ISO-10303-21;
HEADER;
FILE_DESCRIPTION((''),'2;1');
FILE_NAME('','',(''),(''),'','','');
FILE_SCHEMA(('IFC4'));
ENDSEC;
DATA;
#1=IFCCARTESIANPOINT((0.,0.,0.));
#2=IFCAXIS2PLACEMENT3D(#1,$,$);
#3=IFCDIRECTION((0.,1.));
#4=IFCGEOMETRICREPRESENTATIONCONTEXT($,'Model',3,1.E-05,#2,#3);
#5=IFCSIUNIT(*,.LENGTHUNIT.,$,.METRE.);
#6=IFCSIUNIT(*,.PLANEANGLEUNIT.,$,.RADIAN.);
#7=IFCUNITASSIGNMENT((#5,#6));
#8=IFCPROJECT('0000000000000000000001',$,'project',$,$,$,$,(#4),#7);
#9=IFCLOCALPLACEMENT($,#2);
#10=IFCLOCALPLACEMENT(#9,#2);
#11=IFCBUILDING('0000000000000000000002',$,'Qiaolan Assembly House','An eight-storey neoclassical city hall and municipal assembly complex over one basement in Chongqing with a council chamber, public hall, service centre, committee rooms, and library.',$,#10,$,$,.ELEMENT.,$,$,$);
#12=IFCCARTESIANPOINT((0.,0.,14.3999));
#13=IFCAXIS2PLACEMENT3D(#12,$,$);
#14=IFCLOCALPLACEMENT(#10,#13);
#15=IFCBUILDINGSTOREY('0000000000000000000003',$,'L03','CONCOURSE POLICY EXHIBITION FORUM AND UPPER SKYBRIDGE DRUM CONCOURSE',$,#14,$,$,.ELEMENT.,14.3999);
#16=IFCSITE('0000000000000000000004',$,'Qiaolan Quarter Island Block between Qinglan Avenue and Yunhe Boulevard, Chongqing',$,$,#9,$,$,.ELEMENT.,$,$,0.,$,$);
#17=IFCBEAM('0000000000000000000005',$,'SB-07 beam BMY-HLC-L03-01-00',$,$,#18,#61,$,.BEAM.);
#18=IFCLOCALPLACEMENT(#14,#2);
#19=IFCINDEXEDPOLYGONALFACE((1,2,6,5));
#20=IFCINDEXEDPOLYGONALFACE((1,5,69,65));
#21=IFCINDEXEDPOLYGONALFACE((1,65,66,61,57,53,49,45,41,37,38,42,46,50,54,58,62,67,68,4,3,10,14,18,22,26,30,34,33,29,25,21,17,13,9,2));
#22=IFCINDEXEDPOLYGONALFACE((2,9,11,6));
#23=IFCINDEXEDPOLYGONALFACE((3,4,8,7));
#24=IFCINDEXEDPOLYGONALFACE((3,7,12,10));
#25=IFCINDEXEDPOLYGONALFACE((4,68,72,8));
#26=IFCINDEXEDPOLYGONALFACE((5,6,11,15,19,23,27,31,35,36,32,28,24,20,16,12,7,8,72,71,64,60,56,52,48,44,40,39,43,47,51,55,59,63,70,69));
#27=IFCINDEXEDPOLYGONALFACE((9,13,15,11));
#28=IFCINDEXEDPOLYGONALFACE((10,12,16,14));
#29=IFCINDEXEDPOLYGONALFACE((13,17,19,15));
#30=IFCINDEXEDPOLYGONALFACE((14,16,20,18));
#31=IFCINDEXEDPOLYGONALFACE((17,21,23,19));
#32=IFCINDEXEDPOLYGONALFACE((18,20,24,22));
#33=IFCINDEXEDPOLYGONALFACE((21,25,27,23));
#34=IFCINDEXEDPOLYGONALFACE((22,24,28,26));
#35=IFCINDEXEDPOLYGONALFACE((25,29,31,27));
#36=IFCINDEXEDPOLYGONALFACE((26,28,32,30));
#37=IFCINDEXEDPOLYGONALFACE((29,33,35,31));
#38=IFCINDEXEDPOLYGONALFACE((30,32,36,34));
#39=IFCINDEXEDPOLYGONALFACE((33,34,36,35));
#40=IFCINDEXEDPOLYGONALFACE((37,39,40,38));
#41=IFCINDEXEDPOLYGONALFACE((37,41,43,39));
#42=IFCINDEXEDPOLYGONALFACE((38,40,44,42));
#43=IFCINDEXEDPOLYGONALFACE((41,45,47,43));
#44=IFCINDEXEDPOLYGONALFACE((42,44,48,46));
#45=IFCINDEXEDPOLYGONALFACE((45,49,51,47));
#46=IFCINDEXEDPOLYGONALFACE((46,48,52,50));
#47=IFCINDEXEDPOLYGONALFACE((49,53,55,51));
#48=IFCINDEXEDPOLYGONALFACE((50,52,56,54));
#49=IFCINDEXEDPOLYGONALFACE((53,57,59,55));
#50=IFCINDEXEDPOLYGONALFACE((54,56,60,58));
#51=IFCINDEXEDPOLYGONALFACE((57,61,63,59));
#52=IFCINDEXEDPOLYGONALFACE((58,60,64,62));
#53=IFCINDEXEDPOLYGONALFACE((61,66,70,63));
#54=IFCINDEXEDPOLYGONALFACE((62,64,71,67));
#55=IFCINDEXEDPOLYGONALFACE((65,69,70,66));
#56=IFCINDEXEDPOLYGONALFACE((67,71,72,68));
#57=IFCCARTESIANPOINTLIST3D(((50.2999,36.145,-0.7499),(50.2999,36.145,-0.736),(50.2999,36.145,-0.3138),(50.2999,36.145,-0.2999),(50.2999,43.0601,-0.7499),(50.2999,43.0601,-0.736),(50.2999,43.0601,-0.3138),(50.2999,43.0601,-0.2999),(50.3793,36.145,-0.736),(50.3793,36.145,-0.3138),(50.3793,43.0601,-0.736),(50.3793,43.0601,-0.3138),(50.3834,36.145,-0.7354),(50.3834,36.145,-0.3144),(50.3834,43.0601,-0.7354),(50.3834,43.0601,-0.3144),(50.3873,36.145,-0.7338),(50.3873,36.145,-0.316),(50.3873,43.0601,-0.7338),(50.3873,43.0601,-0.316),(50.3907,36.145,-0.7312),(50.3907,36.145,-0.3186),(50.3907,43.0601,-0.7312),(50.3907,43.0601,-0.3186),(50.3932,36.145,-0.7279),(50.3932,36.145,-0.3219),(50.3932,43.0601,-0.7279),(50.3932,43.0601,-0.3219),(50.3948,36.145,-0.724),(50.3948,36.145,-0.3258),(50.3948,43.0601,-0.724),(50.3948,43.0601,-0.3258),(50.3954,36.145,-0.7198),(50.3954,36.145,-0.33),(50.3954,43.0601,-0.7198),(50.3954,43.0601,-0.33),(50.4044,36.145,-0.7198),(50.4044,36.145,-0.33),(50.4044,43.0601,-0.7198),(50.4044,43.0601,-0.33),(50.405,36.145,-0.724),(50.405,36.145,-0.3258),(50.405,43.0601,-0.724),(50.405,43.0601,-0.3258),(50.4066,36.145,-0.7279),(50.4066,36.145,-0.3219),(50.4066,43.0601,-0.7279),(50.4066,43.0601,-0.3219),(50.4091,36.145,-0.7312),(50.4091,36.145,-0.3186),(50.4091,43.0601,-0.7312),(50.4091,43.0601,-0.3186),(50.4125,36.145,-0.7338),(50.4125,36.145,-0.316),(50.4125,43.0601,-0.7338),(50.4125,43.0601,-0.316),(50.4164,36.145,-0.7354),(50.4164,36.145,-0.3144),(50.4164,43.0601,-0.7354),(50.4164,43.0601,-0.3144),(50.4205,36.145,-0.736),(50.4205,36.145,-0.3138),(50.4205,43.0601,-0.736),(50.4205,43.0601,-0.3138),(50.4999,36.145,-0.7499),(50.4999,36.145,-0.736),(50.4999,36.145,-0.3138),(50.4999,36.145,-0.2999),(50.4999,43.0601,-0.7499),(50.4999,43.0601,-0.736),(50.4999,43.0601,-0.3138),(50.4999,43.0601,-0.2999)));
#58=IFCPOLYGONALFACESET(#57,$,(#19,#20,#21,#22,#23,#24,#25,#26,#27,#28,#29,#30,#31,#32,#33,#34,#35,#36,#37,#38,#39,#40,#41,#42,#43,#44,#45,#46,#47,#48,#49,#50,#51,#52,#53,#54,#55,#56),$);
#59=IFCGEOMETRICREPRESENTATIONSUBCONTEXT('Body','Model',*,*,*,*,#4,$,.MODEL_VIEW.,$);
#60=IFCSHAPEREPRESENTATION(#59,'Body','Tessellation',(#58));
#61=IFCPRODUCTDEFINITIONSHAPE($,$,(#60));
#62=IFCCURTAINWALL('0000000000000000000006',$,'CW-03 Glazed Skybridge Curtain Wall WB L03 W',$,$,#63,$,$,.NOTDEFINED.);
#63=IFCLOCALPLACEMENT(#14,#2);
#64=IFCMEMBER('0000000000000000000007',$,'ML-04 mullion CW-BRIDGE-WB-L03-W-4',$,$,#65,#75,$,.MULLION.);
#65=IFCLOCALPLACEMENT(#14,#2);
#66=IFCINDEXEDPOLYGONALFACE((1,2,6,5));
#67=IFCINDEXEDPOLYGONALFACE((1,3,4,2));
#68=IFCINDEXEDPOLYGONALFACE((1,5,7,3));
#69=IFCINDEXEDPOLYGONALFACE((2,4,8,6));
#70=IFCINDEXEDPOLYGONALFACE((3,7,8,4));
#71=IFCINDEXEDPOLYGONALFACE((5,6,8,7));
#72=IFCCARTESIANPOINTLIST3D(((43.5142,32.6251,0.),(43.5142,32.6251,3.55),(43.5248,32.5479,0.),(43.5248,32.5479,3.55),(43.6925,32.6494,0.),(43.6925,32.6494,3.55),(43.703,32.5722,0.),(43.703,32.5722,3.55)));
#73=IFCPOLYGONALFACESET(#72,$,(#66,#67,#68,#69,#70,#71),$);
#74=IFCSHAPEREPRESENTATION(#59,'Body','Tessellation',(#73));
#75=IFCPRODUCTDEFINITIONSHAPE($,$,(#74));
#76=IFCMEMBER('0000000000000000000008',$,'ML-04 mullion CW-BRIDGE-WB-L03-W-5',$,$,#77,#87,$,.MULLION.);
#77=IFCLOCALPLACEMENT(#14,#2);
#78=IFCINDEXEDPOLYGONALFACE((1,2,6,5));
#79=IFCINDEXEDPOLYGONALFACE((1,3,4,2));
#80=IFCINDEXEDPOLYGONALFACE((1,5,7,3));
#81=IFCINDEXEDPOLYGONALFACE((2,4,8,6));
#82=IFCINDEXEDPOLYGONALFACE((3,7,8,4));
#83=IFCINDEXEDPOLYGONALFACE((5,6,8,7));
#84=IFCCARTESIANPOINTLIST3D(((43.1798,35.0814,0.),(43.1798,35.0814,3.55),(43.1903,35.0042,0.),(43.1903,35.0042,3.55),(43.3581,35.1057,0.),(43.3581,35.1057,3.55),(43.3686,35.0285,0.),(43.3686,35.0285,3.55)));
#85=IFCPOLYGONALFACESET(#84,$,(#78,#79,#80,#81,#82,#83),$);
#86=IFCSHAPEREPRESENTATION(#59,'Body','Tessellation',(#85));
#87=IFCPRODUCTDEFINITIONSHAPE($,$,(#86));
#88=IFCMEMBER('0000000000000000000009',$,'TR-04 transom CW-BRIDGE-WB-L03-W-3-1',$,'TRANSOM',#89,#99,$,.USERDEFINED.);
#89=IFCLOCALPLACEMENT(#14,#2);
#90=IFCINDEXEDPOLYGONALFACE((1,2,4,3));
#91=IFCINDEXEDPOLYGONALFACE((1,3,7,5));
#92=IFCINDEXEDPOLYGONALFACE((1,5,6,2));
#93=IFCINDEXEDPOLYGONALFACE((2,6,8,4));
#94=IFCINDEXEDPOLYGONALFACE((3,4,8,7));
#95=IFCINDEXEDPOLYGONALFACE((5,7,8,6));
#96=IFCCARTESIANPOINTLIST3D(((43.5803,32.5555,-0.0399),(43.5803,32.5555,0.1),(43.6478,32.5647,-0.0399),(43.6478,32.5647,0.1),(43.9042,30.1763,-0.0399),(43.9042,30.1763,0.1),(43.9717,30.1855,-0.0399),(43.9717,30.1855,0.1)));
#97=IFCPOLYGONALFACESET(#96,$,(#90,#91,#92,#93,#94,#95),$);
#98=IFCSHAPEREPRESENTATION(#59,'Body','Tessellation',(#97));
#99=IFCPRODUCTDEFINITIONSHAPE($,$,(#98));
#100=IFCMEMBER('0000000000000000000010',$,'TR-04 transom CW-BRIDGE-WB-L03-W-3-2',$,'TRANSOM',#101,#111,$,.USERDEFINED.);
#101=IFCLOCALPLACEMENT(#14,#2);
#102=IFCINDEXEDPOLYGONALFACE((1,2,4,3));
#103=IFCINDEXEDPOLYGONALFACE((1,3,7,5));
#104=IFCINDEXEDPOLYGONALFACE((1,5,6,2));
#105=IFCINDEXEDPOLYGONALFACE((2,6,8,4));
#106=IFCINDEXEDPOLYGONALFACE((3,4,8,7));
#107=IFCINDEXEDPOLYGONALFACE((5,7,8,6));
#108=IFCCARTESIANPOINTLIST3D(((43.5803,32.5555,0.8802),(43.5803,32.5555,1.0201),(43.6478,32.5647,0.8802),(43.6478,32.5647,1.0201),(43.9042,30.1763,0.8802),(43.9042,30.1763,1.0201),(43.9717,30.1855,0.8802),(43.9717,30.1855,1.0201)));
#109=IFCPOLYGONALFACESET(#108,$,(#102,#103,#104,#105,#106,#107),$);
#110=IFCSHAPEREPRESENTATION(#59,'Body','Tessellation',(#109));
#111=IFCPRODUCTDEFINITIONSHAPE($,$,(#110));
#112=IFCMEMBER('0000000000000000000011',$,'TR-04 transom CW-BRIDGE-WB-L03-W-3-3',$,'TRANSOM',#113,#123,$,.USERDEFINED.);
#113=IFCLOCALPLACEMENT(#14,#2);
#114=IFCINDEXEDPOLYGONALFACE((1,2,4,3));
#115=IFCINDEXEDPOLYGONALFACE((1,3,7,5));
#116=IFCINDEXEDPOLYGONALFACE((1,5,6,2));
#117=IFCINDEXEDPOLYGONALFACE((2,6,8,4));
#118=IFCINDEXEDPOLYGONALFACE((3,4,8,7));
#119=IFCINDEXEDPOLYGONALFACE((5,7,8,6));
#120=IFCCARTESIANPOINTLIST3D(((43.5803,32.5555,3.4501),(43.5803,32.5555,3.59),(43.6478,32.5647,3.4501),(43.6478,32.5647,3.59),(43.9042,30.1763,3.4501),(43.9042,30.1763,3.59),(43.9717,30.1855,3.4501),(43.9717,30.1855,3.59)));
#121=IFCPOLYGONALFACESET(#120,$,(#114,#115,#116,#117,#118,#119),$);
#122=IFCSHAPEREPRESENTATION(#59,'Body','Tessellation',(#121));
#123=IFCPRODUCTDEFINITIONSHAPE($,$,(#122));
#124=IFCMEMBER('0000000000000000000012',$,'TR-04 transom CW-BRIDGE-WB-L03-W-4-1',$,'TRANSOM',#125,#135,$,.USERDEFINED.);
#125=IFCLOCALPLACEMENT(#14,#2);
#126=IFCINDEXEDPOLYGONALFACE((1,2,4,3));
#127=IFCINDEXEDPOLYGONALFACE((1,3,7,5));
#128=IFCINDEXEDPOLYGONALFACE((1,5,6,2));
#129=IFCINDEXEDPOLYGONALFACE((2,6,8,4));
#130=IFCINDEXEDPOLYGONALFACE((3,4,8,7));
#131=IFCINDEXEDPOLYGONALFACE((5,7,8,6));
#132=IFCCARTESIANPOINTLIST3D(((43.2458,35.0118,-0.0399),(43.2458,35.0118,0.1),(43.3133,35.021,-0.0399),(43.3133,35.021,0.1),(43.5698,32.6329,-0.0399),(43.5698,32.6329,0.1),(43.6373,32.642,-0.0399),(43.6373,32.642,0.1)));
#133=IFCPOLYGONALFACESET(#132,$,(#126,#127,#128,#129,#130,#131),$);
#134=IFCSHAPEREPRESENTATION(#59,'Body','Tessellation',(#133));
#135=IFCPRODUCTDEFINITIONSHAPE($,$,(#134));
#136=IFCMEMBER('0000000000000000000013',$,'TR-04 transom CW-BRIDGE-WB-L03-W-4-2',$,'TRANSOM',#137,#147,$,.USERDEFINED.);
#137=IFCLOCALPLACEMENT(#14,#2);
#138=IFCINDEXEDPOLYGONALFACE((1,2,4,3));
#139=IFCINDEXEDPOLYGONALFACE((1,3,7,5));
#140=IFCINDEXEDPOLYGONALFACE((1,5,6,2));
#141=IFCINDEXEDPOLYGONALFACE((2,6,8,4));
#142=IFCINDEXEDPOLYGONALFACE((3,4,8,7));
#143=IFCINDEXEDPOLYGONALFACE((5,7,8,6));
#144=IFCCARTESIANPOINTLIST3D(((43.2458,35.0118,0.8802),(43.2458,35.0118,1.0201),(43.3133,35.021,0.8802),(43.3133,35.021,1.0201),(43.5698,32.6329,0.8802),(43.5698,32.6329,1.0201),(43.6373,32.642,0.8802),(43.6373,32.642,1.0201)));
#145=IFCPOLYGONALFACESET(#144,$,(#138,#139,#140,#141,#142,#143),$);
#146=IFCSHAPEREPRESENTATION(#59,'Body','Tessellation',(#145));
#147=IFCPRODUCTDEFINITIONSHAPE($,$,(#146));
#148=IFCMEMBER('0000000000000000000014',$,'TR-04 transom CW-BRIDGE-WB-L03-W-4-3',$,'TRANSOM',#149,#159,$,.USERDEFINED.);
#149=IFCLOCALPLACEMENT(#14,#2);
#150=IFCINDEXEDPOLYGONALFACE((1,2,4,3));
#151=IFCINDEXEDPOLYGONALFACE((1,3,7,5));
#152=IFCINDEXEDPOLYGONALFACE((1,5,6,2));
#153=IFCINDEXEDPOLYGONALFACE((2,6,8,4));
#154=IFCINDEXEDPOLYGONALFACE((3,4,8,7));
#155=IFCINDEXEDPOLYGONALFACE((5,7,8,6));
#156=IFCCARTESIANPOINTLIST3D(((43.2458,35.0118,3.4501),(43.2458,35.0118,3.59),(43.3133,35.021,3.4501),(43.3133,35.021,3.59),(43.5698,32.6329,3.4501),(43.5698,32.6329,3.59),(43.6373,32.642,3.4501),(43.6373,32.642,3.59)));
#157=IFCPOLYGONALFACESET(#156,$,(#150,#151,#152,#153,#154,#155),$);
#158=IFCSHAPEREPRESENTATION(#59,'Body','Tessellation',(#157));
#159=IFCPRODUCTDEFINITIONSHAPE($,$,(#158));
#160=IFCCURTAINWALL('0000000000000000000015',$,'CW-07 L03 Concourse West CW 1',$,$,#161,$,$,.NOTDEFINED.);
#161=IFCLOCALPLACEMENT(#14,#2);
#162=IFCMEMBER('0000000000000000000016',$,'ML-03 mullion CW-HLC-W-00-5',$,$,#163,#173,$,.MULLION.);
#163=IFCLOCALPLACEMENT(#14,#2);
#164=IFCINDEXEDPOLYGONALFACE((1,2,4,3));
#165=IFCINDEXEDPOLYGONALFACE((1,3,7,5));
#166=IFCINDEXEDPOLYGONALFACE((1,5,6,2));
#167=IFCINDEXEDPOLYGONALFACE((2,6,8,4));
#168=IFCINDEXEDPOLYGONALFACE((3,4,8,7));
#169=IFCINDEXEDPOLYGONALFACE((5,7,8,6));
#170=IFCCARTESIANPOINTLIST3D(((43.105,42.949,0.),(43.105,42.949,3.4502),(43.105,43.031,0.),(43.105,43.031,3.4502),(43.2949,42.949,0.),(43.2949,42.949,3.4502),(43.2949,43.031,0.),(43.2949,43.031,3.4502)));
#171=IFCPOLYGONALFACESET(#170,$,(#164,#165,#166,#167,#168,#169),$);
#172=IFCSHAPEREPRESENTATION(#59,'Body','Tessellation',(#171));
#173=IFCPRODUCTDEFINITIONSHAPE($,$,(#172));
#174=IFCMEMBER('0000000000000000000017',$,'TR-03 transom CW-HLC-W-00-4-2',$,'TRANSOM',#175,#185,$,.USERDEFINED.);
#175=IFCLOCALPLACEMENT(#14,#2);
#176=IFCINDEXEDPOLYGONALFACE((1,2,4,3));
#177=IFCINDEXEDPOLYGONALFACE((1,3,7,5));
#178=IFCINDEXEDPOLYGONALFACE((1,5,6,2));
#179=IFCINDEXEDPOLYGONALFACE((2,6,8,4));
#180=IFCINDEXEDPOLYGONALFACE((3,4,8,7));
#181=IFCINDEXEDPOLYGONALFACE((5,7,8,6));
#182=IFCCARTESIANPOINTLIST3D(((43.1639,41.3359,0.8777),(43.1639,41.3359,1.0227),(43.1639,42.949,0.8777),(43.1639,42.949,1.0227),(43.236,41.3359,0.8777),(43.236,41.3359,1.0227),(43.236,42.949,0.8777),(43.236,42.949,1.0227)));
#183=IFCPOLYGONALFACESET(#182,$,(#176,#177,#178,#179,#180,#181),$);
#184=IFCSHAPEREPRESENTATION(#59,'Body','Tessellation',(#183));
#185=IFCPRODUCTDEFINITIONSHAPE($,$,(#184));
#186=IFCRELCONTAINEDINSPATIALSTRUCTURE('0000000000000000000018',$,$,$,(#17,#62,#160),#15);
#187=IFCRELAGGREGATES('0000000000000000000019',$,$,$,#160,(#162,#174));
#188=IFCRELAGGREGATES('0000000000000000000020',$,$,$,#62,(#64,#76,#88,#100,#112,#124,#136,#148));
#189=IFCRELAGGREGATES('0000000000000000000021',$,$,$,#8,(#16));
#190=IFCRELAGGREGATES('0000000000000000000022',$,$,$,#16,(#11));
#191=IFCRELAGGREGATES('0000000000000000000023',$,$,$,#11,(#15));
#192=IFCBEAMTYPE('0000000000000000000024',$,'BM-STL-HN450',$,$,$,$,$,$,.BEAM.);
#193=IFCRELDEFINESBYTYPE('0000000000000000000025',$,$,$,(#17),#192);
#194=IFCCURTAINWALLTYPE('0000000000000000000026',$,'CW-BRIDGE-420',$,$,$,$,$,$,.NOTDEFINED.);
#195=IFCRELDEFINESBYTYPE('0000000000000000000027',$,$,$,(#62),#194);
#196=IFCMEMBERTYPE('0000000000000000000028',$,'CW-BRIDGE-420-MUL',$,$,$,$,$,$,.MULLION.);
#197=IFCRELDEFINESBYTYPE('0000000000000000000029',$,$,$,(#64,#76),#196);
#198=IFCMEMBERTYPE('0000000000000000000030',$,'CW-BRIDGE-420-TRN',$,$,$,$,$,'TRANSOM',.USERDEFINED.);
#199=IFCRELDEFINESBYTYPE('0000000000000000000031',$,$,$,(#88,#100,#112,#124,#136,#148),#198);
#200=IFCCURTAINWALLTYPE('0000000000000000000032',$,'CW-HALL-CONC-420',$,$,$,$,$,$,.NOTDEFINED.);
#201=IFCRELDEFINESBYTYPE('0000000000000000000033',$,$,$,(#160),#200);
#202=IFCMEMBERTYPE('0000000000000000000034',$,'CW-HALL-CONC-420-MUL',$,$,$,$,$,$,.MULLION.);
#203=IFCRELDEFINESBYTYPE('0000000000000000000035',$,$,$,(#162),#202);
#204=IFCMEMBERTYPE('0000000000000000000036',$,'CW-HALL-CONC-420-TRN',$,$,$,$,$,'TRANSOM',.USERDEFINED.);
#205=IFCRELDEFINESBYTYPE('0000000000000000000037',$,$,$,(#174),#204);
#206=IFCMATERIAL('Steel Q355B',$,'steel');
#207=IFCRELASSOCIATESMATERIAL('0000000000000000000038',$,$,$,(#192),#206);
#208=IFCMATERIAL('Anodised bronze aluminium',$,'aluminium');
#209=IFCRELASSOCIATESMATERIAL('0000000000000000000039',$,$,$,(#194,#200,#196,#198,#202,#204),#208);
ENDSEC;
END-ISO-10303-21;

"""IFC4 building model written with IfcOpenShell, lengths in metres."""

from ifc_helpers import new_model, si_unit, direction, frame, origin, origin_2d, place, context, subcontext, project, spatial, rectangle, i_section, extrude, material, material_profile, profile_set, type_object, element, aggregate, save


model = new_model("IFC4")

# Units and contexts
model_context = context("Model", 3, precision=1e-05, world=origin(), true_north=direction((0.0, 1.0)))
body_context = subcontext(model_context, "Body", "Model", "MODEL_VIEW")
ifc_project = project(units=[si_unit("LENGTHUNIT", "METRE"), si_unit("PLANEANGLEUNIT", "RADIAN")], contexts=[model_context])

# Site, building, storey
site_placement = place(None, origin())
site = spatial("IfcSite", under=ifc_project, at=site_placement, Name="Qiaolan Quarter Island Block between Qinglan Avenue and Yunhe Boulevard, Chongqing", CompositionType="ELEMENT", RefElevation=0.0)
building_placement = place(site_placement, origin())
building = spatial("IfcBuilding", under=site, at=building_placement, Name="Qiaolan Assembly House", Description="An eight-storey neoclassical city hall and municipal assembly complex over one basement in Chongqing with a council chamber, public hall, service centre, committee rooms, and library.", CompositionType="ELEMENT")
storey_placement = place(building_placement, frame((0.0, 0.0, 14.3999)))
storey = spatial("IfcBuildingStorey", under=building, at=storey_placement, Name="L03", Description="CONCOURSE POLICY EXHIBITION FORUM AND UPPER SKYBRIDGE DRUM CONCOURSE", CompositionType="ELEMENT", Elevation=14.3999)

# Shared definitions
ifc_material_1 = material(Name="Steel Q355B", Category="steel")

# Beam
ifc_material_profile_1 = material_profile(ifc_material_1, i_section(OverallWidth=0.2, OverallDepth=0.45, WebThickness=0.009, FlangeThickness=0.0139, FilletRadius=0.0161, at=origin_2d()), Name="HN 450x200x9x14")
ifc_profile_set_1 = profile_set([ifc_material_profile_1], Name="Steel Q355B")
beam_type_1 = type_object("IfcBeamType", Name="BM-STL-HN450", PredefinedType="BEAM", material=ifc_profile_set_1)
beam_1_placement = place(storey_placement, frame((50.3999, 36.145, -0.5249), z_axis=(0.0, 1.0, 0.0), x_axis=(-1.0, 0.0, 0.0)))
element("IfcBeam", 1, at=beam_1_placement, inside=storey, type_object=beam_type_1, Name="SB-07 beam BMY-HLC-L03-01-00", PredefinedType="BEAM", context=body_context, shape_type="SweptSolid", body=[
    extrude(i_section(OverallWidth=0.2, OverallDepth=0.45, WebThickness=0.009, FlangeThickness=0.0139, FilletRadius=0.0161, at=origin_2d()), origin(), (0.0, 0.0, 1.0), 6.915),
])

# Curtain walls, members
ifc_material_2 = material(Name="Anodised bronze aluminium", Category="aluminium")
curtain_wall_type_1 = type_object("IfcCurtainWallType", Name="CW-BRIDGE-420", PredefinedType="NOTDEFINED", material=ifc_material_2)
curtain_wall_1_placement = place(storey_placement, origin())
curtain_wall_1 = element("IfcCurtainWall", 2, at=curtain_wall_1_placement, inside=storey, type_object=curtain_wall_type_1, Name="CW-03 Glazed Skybridge Curtain Wall WB L03 W", PredefinedType="NOTDEFINED")
ifc_material_profile_2 = material_profile(ifc_material_2, rectangle(XDim=0.0779, YDim=0.1799, at=origin_2d()), Name="MUL 78x180")
ifc_profile_set_2 = profile_set([ifc_material_profile_2], Name="Anodised bronze aluminium")
member_type_1 = type_object("IfcMemberType", Name="CW-BRIDGE-420-MUL", PredefinedType="MULLION", material=ifc_profile_set_2)
member_1_placement = place(storey_placement, frame((43.6086, 32.5986, 0.0), z_axis=(0.0, 0.0, 1.0), x_axis=(-0.134918, 0.990857, 0.0)))
member_1 = element("IfcMember", 3, at=member_1_placement, type_object=member_type_1, Name="ML-04 mullion CW-BRIDGE-WB-L03-W-4", PredefinedType="MULLION", context=body_context, shape_type="SweptSolid", body=[
    extrude(rectangle(XDim=0.0779, YDim=0.1799, at=origin_2d()), origin(), (0.0, 0.0, 1.0), 3.55),
])
member_2_placement = place(storey_placement, frame((43.2742, 35.0549, 0.0), z_axis=(0.0, 0.0, 1.0), x_axis=(-0.134918, 0.990857, 0.0)))
member_2 = element("IfcMember", 4, at=member_2_placement, type_object=member_type_1, Name="ML-04 mullion CW-BRIDGE-WB-L03-W-5", PredefinedType="MULLION", context=body_context, shape_type="SweptSolid", body=[
    extrude(rectangle(XDim=0.0779, YDim=0.1799, at=origin_2d()), origin(), (0.0, 0.0, 1.0), 3.55),
])
ifc_material_profile_3 = material_profile(ifc_material_2, rectangle(XDim=0.0681, YDim=0.1399, at=origin_2d()), Name="TRN 68x140")
ifc_profile_set_3 = profile_set([ifc_material_profile_3], Name="Anodised bronze aluminium")
member_type_2 = type_object("IfcMemberType", Name="CW-BRIDGE-420-TRN", ElementType="TRANSOM", PredefinedType="USERDEFINED", material=ifc_profile_set_3)
member_3_placement = place(storey_placement, frame((43.938, 30.1809, 0.03), z_axis=(-0.134927, 0.990856, 0.0), x_axis=(-0.990856, -0.134927, 0.0)))
member_3 = element("IfcMember", 5, at=member_3_placement, type_object=member_type_2, Name="TR-04 transom CW-BRIDGE-WB-L03-W-3-1", ObjectType="TRANSOM", PredefinedType="USERDEFINED", context=body_context, shape_type="SweptSolid", body=[
    extrude(rectangle(XDim=0.0681, YDim=0.1399, at=origin_2d()), origin(), (0.0, 0.0, 1.0), 2.4011),
])
member_4_placement = place(storey_placement, frame((43.938, 30.1809, 0.9502), z_axis=(-0.134927, 0.990856, 0.0), x_axis=(-0.990856, -0.134927, 0.0)))
member_4 = element("IfcMember", 6, at=member_4_placement, type_object=member_type_2, Name="TR-04 transom CW-BRIDGE-WB-L03-W-3-2", ObjectType="TRANSOM", PredefinedType="USERDEFINED", context=body_context, shape_type="SweptSolid", body=[
    extrude(rectangle(XDim=0.0681, YDim=0.1399, at=origin_2d()), origin(), (0.0, 0.0, 1.0), 2.4011),
])
member_5_placement = place(storey_placement, frame((43.938, 30.1809, 3.52), z_axis=(-0.134927, 0.990856, 0.0), x_axis=(-0.990856, -0.134927, 0.0)))
member_5 = element("IfcMember", 7, at=member_5_placement, type_object=member_type_2, Name="TR-04 transom CW-BRIDGE-WB-L03-W-3-3", ObjectType="TRANSOM", PredefinedType="USERDEFINED", context=body_context, shape_type="SweptSolid", body=[
    extrude(rectangle(XDim=0.0681, YDim=0.1399, at=origin_2d()), origin(), (0.0, 0.0, 1.0), 2.4011),
])
member_6_placement = place(storey_placement, frame((43.6035, 32.6375, 0.03), z_axis=(-0.134941, 0.990854, 0.0), x_axis=(-0.990854, -0.134941, 0.0)))
member_6 = element("IfcMember", 8, at=member_6_placement, type_object=member_type_2, Name="TR-04 transom CW-BRIDGE-WB-L03-W-4-1", ObjectType="TRANSOM", PredefinedType="USERDEFINED", context=body_context, shape_type="SweptSolid", body=[
    extrude(rectangle(XDim=0.0681, YDim=0.1399, at=origin_2d()), origin(), (0.0, 0.0, 1.0), 2.4009),
])
member_7_placement = place(storey_placement, frame((43.6035, 32.6375, 0.9502), z_axis=(-0.134941, 0.990854, 0.0), x_axis=(-0.990854, -0.134941, 0.0)))
member_7 = element("IfcMember", 9, at=member_7_placement, type_object=member_type_2, Name="TR-04 transom CW-BRIDGE-WB-L03-W-4-2", ObjectType="TRANSOM", PredefinedType="USERDEFINED", context=body_context, shape_type="SweptSolid", body=[
    extrude(rectangle(XDim=0.0681, YDim=0.1399, at=origin_2d()), origin(), (0.0, 0.0, 1.0), 2.4009),
])
member_8_placement = place(storey_placement, frame((43.6035, 32.6375, 3.52), z_axis=(-0.134941, 0.990854, 0.0), x_axis=(-0.990854, -0.134941, 0.0)))
member_8 = element("IfcMember", 10, at=member_8_placement, type_object=member_type_2, Name="TR-04 transom CW-BRIDGE-WB-L03-W-4-3", ObjectType="TRANSOM", PredefinedType="USERDEFINED", context=body_context, shape_type="SweptSolid", body=[
    extrude(rectangle(XDim=0.0681, YDim=0.1399, at=origin_2d()), origin(), (0.0, 0.0, 1.0), 2.4009),
])
curtain_wall_type_2 = type_object("IfcCurtainWallType", Name="CW-HALL-CONC-420", PredefinedType="NOTDEFINED", material=ifc_material_2)
curtain_wall_2_placement = place(storey_placement, origin())
curtain_wall_2 = element("IfcCurtainWall", 11, at=curtain_wall_2_placement, inside=storey, type_object=curtain_wall_type_2, Name="CW-07 L03 Concourse West CW 1", PredefinedType="NOTDEFINED")
ifc_material_profile_4 = material_profile(ifc_material_2, rectangle(XDim=0.082, YDim=0.1899, at=origin_2d()), Name="MUL 82x190")
ifc_profile_set_4 = profile_set([ifc_material_profile_4], Name="Anodised bronze aluminium")
member_type_3 = type_object("IfcMemberType", Name="CW-HALL-CONC-420-MUL", PredefinedType="MULLION", material=ifc_profile_set_4)
member_9_placement = place(storey_placement, frame((43.2, 42.99, 0.0), z_axis=(0.0, 0.0, 1.0), x_axis=(0.0, 1.0, 0.0)))
member_9 = element("IfcMember", 12, at=member_9_placement, type_object=member_type_3, Name="ML-03 mullion CW-HLC-W-00-5", PredefinedType="MULLION", context=body_context, shape_type="SweptSolid", body=[
    extrude(rectangle(XDim=0.082, YDim=0.1899, at=origin_2d()), origin(), (0.0, 0.0, 1.0), 3.4502),
])
ifc_material_profile_5 = material_profile(ifc_material_2, rectangle(XDim=0.072, YDim=0.145, at=origin_2d()), Name="TRN 72x145")
ifc_profile_set_5 = profile_set([ifc_material_profile_5], Name="Anodised bronze aluminium")
member_type_4 = type_object("IfcMemberType", Name="CW-HALL-CONC-420-TRN", ElementType="TRANSOM", PredefinedType="USERDEFINED", material=ifc_profile_set_5)
member_10_placement = place(storey_placement, frame((43.2, 41.3359, 0.9502), z_axis=(0.0, 1.0, 0.0), x_axis=(-1.0, 0.0, 0.0)))
member_10 = element("IfcMember", 13, at=member_10_placement, type_object=member_type_4, Name="TR-03 transom CW-HLC-W-00-4-2", ObjectType="TRANSOM", PredefinedType="USERDEFINED", context=body_context, shape_type="SweptSolid", body=[
    extrude(rectangle(XDim=0.072, YDim=0.145, at=origin_2d()), origin(), (0.0, 0.0, 1.0), 1.613),
])
aggregate(curtain_wall_2, [member_9, member_10])

aggregate(curtain_wall_1, [member_1, member_2, member_3, member_4, member_5, member_6, member_7, member_8])

save(model, "model.ifc")
